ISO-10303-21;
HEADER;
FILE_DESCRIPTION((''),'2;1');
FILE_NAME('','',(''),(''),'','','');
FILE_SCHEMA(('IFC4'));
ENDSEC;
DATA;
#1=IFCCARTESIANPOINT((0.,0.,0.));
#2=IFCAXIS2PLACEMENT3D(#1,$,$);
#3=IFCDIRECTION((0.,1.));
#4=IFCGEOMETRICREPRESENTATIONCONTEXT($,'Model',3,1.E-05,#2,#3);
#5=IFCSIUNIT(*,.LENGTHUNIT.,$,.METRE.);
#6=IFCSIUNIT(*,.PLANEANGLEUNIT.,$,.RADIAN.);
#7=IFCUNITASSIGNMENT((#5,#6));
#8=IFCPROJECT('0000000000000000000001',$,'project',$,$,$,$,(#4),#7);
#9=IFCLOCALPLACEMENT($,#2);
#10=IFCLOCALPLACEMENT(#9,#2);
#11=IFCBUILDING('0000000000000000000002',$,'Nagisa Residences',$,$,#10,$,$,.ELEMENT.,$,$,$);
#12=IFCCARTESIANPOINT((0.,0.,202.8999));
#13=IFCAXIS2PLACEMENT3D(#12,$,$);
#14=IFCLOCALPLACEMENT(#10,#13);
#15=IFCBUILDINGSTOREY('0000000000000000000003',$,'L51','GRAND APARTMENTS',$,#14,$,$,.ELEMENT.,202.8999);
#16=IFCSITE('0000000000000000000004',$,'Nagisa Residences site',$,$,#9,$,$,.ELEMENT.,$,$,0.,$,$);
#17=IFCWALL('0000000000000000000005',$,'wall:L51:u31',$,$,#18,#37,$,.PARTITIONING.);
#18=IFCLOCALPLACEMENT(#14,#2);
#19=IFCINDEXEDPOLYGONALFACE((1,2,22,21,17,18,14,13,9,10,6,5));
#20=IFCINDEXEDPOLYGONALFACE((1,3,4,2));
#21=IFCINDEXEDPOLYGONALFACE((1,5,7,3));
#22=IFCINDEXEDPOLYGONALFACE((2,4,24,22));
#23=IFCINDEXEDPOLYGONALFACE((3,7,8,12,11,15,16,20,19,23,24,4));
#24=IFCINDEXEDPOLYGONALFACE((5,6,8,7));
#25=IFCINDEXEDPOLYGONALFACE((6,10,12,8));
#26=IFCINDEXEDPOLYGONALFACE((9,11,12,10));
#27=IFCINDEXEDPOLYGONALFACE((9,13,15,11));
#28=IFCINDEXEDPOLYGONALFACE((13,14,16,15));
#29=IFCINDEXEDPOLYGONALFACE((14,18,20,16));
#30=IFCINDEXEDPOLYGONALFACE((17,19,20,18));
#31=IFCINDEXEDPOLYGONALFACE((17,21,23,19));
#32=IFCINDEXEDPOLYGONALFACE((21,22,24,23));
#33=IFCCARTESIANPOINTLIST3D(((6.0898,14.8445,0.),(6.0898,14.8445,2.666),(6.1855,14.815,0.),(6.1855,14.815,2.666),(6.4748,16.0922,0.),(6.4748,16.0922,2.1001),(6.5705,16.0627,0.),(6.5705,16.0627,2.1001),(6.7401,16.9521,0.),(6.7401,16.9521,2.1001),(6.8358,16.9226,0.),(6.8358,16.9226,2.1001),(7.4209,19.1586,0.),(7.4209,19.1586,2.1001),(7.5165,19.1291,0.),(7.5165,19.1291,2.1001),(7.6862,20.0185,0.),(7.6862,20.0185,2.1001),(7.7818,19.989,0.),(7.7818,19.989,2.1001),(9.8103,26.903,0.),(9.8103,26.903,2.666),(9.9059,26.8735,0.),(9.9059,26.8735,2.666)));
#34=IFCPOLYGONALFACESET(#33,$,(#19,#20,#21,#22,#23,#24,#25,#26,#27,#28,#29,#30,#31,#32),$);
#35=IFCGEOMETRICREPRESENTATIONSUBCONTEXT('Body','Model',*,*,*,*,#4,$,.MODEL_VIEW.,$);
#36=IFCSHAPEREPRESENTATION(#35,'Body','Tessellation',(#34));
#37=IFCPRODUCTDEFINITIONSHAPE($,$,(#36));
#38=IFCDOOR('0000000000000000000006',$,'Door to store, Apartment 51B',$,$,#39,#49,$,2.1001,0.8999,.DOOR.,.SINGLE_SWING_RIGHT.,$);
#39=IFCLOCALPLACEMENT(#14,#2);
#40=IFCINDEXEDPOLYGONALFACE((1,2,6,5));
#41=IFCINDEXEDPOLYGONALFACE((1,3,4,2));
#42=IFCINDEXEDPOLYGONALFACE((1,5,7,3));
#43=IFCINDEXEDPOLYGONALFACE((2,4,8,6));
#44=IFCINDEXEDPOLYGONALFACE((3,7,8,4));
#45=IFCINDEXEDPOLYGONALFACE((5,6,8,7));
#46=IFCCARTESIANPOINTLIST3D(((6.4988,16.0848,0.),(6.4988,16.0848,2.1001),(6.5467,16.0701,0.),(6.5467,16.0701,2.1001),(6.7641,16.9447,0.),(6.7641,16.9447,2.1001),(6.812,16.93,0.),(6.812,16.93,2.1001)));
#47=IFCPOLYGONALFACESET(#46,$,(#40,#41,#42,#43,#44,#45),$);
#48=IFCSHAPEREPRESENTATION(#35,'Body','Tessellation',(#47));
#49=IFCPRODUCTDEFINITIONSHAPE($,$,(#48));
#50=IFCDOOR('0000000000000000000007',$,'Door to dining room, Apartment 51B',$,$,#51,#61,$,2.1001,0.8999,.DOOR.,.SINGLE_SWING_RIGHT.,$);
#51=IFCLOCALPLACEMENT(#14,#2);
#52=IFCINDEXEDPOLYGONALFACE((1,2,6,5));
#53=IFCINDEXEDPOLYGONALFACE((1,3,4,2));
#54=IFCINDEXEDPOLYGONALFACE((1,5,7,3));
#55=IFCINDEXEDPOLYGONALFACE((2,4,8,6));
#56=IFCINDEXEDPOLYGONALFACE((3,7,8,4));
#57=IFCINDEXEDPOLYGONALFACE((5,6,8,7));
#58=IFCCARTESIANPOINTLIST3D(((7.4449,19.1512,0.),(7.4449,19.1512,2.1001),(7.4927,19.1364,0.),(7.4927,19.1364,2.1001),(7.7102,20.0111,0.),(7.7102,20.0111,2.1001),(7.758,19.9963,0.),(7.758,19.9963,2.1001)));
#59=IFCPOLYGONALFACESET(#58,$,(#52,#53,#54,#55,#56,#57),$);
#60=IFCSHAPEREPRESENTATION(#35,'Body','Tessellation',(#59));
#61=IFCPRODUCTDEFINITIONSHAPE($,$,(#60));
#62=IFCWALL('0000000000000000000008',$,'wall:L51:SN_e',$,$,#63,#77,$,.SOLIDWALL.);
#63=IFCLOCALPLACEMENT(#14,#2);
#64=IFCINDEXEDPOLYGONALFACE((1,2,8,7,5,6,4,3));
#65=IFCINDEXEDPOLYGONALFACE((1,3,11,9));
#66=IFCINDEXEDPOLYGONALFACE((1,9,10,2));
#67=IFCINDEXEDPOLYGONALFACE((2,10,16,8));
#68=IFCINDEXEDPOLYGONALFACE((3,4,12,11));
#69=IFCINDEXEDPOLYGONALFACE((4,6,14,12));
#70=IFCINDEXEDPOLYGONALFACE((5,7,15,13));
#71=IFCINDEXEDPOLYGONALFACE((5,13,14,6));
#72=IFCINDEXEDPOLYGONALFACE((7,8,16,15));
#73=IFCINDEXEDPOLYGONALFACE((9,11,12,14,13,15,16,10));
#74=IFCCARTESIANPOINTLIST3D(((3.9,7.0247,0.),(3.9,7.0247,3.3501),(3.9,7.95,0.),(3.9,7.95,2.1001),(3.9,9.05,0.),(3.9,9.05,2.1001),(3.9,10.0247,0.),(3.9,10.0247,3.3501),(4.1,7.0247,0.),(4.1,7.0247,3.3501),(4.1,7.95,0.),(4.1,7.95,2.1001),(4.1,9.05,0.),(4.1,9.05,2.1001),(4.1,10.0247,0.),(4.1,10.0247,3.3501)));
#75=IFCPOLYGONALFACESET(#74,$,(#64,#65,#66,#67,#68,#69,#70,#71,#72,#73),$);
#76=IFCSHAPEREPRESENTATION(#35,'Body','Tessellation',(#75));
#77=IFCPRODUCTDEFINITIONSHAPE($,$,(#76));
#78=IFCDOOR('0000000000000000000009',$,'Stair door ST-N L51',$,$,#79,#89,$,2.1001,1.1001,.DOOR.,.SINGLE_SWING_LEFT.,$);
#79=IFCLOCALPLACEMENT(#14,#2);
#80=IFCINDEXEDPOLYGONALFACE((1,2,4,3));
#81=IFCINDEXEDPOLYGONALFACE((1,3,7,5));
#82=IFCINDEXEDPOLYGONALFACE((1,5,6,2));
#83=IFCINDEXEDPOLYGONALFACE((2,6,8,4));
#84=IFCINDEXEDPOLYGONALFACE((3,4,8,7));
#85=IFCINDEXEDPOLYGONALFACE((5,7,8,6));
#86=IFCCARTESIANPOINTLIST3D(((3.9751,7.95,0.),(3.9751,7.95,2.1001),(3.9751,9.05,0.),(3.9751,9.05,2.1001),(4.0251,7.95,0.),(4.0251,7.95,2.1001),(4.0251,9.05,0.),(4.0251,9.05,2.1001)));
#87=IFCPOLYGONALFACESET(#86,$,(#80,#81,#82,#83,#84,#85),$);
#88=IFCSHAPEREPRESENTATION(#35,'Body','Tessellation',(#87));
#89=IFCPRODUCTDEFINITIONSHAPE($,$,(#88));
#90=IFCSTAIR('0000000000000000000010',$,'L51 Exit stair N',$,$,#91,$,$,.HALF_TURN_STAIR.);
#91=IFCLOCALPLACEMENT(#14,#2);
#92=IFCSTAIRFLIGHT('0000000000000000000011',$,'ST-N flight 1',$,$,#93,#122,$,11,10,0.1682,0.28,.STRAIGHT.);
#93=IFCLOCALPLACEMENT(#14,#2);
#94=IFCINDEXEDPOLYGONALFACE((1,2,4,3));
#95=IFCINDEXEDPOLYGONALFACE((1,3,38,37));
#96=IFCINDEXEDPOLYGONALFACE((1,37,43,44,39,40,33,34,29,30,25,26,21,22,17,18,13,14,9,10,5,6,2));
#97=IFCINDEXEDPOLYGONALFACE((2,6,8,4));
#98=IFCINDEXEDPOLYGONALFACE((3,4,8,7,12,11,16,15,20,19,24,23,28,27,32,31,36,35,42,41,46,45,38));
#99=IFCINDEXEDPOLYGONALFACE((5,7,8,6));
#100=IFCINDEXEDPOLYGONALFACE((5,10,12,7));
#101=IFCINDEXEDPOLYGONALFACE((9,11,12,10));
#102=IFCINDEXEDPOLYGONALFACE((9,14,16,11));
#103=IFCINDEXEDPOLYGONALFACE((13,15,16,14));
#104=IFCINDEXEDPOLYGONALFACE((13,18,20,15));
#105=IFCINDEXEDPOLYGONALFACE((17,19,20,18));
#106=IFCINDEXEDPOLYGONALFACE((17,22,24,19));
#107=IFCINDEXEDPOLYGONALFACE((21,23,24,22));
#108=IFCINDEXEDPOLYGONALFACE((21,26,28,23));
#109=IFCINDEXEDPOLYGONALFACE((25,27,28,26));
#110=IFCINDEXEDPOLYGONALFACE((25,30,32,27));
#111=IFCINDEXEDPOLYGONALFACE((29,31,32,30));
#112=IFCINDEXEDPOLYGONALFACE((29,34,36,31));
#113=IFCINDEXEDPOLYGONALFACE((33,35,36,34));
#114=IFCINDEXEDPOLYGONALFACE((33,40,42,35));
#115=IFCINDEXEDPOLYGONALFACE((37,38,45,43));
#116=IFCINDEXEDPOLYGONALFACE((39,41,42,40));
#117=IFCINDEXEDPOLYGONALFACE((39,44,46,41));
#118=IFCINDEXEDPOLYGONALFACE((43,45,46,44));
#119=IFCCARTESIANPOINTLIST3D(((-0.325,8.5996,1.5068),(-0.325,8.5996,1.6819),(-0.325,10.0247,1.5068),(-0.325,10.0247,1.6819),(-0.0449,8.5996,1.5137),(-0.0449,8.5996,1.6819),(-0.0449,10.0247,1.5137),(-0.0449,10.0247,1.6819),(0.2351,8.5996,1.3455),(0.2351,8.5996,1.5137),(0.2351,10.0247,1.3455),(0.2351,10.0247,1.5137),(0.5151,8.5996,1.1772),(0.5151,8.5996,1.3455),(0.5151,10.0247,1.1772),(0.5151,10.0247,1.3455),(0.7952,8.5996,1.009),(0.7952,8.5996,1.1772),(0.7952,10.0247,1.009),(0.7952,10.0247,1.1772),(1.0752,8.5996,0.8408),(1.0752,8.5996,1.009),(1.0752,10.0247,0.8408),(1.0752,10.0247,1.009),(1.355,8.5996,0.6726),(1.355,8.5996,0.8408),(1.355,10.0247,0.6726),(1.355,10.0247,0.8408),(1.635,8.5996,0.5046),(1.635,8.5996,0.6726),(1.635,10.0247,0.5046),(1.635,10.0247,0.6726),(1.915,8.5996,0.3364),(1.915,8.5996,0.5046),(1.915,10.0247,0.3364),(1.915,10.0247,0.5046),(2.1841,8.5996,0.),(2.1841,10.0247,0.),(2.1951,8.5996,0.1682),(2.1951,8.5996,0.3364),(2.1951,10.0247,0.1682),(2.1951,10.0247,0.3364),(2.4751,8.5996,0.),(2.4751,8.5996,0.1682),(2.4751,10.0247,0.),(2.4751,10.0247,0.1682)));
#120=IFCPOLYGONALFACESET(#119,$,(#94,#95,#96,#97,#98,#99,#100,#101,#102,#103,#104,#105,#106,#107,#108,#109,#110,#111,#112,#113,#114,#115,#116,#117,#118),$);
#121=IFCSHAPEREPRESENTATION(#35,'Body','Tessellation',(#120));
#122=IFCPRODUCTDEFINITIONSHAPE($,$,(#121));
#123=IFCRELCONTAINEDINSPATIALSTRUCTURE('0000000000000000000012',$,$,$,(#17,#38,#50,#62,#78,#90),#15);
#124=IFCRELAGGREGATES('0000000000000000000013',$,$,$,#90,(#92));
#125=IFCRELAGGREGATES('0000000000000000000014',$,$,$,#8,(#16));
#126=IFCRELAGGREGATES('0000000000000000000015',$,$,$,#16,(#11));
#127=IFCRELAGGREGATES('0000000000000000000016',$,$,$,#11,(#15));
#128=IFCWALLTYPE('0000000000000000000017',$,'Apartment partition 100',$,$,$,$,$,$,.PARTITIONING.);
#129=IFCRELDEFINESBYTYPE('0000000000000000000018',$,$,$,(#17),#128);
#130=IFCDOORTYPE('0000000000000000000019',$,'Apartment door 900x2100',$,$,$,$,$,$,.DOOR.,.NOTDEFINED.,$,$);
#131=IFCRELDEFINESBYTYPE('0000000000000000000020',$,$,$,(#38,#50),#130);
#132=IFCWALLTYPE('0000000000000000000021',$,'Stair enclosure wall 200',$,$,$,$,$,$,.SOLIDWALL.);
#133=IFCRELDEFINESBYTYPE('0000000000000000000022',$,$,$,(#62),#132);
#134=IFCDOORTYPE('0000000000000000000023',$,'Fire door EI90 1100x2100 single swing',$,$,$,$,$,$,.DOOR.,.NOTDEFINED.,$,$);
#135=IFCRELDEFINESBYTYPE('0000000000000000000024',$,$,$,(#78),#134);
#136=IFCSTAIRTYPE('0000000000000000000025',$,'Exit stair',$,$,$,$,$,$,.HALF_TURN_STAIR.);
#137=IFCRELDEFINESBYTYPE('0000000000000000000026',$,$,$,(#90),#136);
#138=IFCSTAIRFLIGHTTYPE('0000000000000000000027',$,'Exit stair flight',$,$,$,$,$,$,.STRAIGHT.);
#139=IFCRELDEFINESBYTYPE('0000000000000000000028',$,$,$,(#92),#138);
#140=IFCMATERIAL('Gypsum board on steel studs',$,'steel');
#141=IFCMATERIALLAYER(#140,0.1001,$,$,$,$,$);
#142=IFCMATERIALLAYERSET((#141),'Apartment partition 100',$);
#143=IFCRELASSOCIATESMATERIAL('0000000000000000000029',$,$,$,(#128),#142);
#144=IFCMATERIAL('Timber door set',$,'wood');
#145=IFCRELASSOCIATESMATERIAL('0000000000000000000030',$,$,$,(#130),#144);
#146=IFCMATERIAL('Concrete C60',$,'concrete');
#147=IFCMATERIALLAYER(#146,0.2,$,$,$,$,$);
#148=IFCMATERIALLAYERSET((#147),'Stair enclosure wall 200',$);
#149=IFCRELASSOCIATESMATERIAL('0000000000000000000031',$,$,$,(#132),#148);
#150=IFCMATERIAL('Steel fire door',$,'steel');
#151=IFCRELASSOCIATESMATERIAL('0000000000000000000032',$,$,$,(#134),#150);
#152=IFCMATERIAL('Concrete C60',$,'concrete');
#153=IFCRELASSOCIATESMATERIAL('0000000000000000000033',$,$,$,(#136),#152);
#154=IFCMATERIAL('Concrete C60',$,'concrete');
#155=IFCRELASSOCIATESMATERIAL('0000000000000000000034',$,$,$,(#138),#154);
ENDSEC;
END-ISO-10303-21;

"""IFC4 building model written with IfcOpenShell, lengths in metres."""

from ifc_helpers import new_model, si_unit, direction, frame, frame_2d, origin, place, context, subcontext, project, spatial, polyline, rectangle, outline, extrude, material, layer, layer_set, type_object, element, fill, aggregate, save


model = new_model("IFC4")

# Units and contexts
model_context = context("Model", 3, precision=1e-05, world=origin(), true_north=direction((0.0, 1.0)))
body_context = subcontext(model_context, "Body", "Model", "MODEL_VIEW")
ifc_project = project(units=[si_unit("LENGTHUNIT", "METRE"), si_unit("PLANEANGLEUNIT", "RADIAN")], contexts=[model_context])

# Site, building, storey
site_placement = place(None, origin())
site = spatial("IfcSite", under=ifc_project, at=site_placement, Name="Nagisa Residences site", CompositionType="ELEMENT", RefElevation=0.0)
building_placement = place(site_placement, origin())
building = spatial("IfcBuilding", under=site, at=building_placement, Name="Nagisa Residences", CompositionType="ELEMENT")
storey_placement = place(building_placement, frame((0.0, 0.0, 202.8999)))
storey = spatial("IfcBuildingStorey", under=building, at=storey_placement, Name="L51", Description="GRAND APARTMENTS", CompositionType="ELEMENT", Elevation=202.8999)

# Shared definitions
ifc_material_1 = material(Name="Gypsum board on steel studs", Category="steel")
ifc_layer_1 = layer(ifc_material_1, 0.1001)
ifc_layer_set_1 = layer_set([ifc_layer_1], Name="Apartment partition 100")
wall_type_1 = type_object("IfcWallType", Name="Apartment partition 100", PredefinedType="PARTITIONING", material=ifc_layer_set_1)

# Shared definitions
ifc_material_2 = material(Name="Timber door set", Category="wood")
door_type_1 = type_object("IfcDoorType", Name="Apartment door 900x2100", OperationType="NOTDEFINED", PredefinedType="DOOR", material=ifc_material_2)

# Wall, openings, doors
wall_1_placement = place(storey_placement, frame((6.1377, 14.8298, 0.0), z_axis=(0.0, 0.0, 1.0), x_axis=(0.294819, 0.955553, 0.0)))
wall_1 = element("IfcWall", 1, at=wall_1_placement, inside=storey, type_object=wall_type_1, Name="wall:L51:u31", PredefinedType="PARTITIONING", context=body_context, shape_type="SweptSolid", body=[
    extrude(rectangle(XDim=12.6194, YDim=0.1001, at=frame_2d((6.3096, 0.0))), origin(), (0.0, 0.0, 1.0), 2.666),
])
opening_1_placement = place(wall_1_placement, frame((1.3057, 0.0, 0.0)))
opening_1 = element("IfcOpeningElement", 2, at=opening_1_placement, cuts=wall_1, PredefinedType="OPENING", context=body_context, shape_type="SweptSolid", body=[
    extrude(rectangle(XDim=0.8999, YDim=2.1001, at=frame_2d((0.45, 1.05))), frame((0.0, 0.0601, 0.0), z_axis=(0.0, -1.0, 0.0), x_axis=(1.0, 0.0, 0.0)), (0.0, 0.0, 1.0), 0.1201),
])
opening_2_placement = place(wall_1_placement, frame((4.5146, 0.0, 0.0)))
opening_2 = element("IfcOpeningElement", 3, at=opening_2_placement, cuts=wall_1, PredefinedType="OPENING", context=body_context, shape_type="SweptSolid", body=[
    extrude(rectangle(XDim=0.8999, YDim=2.1001, at=frame_2d((0.45, 1.05))), frame((0.0, 0.0601, 0.0), z_axis=(0.0, -1.0, 0.0), x_axis=(1.0, 0.0, 0.0)), (0.0, 0.0, 1.0), 0.1201),
])
door_1_placement = place(opening_1_placement, origin())
door_1 = element("IfcDoor", 4, at=door_1_placement, inside=storey, type_object=door_type_1, Name="Door to store, Apartment 51B", OperationType="SINGLE_SWING_RIGHT", OverallHeight=2.1001, OverallWidth=0.8999, PredefinedType="DOOR", context=body_context, shape_type="SweptSolid", body=[
    extrude(rectangle(XDim=0.8999, YDim=2.1001, at=frame_2d((0.45, 1.05))), frame((0.0, 0.0249, 0.0), z_axis=(0.0, -1.0, 0.0), x_axis=(1.0, 0.0, 0.0)), (0.0, 0.0, 1.0), 0.05),
])
fill(opening_1, door_1)
door_2_placement = place(opening_2_placement, origin())
door_2 = element("IfcDoor", 5, at=door_2_placement, inside=storey, type_object=door_type_1, Name="Door to dining room, Apartment 51B", OperationType="SINGLE_SWING_RIGHT", OverallHeight=2.1001, OverallWidth=0.8999, PredefinedType="DOOR", context=body_context, shape_type="SweptSolid", body=[
    extrude(rectangle(XDim=0.8999, YDim=2.1001, at=frame_2d((0.45, 1.05))), frame((0.0, 0.0249, 0.0), z_axis=(0.0, -1.0, 0.0), x_axis=(1.0, 0.0, 0.0)), (0.0, 0.0, 1.0), 0.05),
])
fill(opening_2, door_2)

# Wall, opening, door
ifc_material_3 = material(Name="Concrete C60", Category="concrete")
ifc_layer_2 = layer(ifc_material_3, 0.2)
ifc_layer_set_2 = layer_set([ifc_layer_2], Name="Stair enclosure wall 200")
wall_type_2 = type_object("IfcWallType", Name="Stair enclosure wall 200", PredefinedType="SOLIDWALL", material=ifc_layer_set_2)
wall_2_placement = place(storey_placement, frame((4.0, 7.0247, 0.0), z_axis=(0.0, 0.0, 1.0), x_axis=(0.0, 1.0, 0.0)))
wall_2 = element("IfcWall", 6, at=wall_2_placement, inside=storey, type_object=wall_type_2, Name="wall:L51:SN_e", PredefinedType="SOLIDWALL", context=body_context, shape_type="SweptSolid", body=[
    extrude(rectangle(XDim=3.0, YDim=0.2, at=frame_2d((1.5, 0.0))), origin(), (0.0, 0.0, 1.0), 3.3501),
])
opening_3_placement = place(wall_2_placement, frame((0.9253, 0.0, 0.0)))
opening_3 = element("IfcOpeningElement", 7, at=opening_3_placement, cuts=wall_2, PredefinedType="OPENING", context=body_context, shape_type="SweptSolid", body=[
    extrude(rectangle(XDim=1.1001, YDim=2.1001, at=frame_2d((0.55, 1.05))), frame((0.0, 0.1099, 0.0), z_axis=(0.0, -1.0, 0.0), x_axis=(1.0, 0.0, 0.0)), (0.0, 0.0, 1.0), 0.22),
])
ifc_material_4 = material(Name="Steel fire door", Category="steel")
door_type_2 = type_object("IfcDoorType", Name="Fire door EI90 1100x2100 single swing", OperationType="NOTDEFINED", PredefinedType="DOOR", material=ifc_material_4)
door_3_placement = place(opening_3_placement, origin())
door_3 = element("IfcDoor", 8, at=door_3_placement, inside=storey, type_object=door_type_2, Name="Stair door ST-N L51", OperationType="SINGLE_SWING_LEFT", OverallHeight=2.1001, OverallWidth=1.1001, PredefinedType="DOOR", context=body_context, shape_type="SweptSolid", body=[
    extrude(rectangle(XDim=1.1001, YDim=2.1001, at=frame_2d((0.55, 1.05))), frame((0.0, 0.0249, 0.0), z_axis=(0.0, -1.0, 0.0), x_axis=(1.0, 0.0, 0.0)), (0.0, 0.0, 1.0), 0.05),
])
fill(opening_3, door_3)

# Stair, stair flight
ifc_material_5 = material(Name="Concrete C60", Category="concrete")
stair_type = type_object("IfcStairType", Name="Exit stair", PredefinedType="HALF_TURN_STAIR", material=ifc_material_5)
stair_placement = place(storey_placement, origin())
stair = element("IfcStair", 9, at=stair_placement, inside=storey, type_object=stair_type, Name="L51 Exit stair N", PredefinedType="HALF_TURN_STAIR")
ifc_material_6 = material(Name="Concrete C60", Category="concrete")
stair_flight_type = type_object("IfcStairFlightType", Name="Exit stair flight", PredefinedType="STRAIGHT", material=ifc_material_6)
stair_flight_placement = place(storey_placement, frame((2.4751, 9.312, 0.0), z_axis=(0.0, 0.0, 1.0), x_axis=(-1.0, 0.0, 0.0)))
stair_flight = element("IfcStairFlight", 10, at=stair_flight_placement, type_object=stair_flight_type, Name="ST-N flight 1", NumberOfRisers=11, NumberOfTreads=10, PredefinedType="STRAIGHT", RiserHeight=0.1682, TreadLength=0.28, context=body_context, shape_type="SweptSolid", body=[
    extrude(outline(polyline([(0.0, 0.0), (0.0, 0.1682), (0.28, 0.1682), (0.28, 0.3364), (0.5601, 0.3364), (0.5601, 0.5046), (0.8401, 0.5046), (0.8401, 0.6726), (1.1201, 0.6726), (1.1201, 0.8408), (1.3999, 0.8408), (1.3999, 1.009), (1.6799, 1.009), (1.6799, 1.1772), (1.96, 1.1772), (1.96, 1.3455), (2.24, 1.3455), (2.24, 1.5137), (2.52, 1.5137), (2.52, 1.6819), (2.8, 1.6819), (2.8, 1.8501), (2.8, 1.5068), (0.291, 0.0), (0.0, 0.0)])), frame((0.0, 0.7124, 0.0), z_axis=(0.0, -1.0, 0.0), x_axis=(1.0, 0.0, 0.0)), (0.0, 0.0, 1.0), 1.425),
])
aggregate(stair, [stair_flight])

save(model, "model.ifc")
